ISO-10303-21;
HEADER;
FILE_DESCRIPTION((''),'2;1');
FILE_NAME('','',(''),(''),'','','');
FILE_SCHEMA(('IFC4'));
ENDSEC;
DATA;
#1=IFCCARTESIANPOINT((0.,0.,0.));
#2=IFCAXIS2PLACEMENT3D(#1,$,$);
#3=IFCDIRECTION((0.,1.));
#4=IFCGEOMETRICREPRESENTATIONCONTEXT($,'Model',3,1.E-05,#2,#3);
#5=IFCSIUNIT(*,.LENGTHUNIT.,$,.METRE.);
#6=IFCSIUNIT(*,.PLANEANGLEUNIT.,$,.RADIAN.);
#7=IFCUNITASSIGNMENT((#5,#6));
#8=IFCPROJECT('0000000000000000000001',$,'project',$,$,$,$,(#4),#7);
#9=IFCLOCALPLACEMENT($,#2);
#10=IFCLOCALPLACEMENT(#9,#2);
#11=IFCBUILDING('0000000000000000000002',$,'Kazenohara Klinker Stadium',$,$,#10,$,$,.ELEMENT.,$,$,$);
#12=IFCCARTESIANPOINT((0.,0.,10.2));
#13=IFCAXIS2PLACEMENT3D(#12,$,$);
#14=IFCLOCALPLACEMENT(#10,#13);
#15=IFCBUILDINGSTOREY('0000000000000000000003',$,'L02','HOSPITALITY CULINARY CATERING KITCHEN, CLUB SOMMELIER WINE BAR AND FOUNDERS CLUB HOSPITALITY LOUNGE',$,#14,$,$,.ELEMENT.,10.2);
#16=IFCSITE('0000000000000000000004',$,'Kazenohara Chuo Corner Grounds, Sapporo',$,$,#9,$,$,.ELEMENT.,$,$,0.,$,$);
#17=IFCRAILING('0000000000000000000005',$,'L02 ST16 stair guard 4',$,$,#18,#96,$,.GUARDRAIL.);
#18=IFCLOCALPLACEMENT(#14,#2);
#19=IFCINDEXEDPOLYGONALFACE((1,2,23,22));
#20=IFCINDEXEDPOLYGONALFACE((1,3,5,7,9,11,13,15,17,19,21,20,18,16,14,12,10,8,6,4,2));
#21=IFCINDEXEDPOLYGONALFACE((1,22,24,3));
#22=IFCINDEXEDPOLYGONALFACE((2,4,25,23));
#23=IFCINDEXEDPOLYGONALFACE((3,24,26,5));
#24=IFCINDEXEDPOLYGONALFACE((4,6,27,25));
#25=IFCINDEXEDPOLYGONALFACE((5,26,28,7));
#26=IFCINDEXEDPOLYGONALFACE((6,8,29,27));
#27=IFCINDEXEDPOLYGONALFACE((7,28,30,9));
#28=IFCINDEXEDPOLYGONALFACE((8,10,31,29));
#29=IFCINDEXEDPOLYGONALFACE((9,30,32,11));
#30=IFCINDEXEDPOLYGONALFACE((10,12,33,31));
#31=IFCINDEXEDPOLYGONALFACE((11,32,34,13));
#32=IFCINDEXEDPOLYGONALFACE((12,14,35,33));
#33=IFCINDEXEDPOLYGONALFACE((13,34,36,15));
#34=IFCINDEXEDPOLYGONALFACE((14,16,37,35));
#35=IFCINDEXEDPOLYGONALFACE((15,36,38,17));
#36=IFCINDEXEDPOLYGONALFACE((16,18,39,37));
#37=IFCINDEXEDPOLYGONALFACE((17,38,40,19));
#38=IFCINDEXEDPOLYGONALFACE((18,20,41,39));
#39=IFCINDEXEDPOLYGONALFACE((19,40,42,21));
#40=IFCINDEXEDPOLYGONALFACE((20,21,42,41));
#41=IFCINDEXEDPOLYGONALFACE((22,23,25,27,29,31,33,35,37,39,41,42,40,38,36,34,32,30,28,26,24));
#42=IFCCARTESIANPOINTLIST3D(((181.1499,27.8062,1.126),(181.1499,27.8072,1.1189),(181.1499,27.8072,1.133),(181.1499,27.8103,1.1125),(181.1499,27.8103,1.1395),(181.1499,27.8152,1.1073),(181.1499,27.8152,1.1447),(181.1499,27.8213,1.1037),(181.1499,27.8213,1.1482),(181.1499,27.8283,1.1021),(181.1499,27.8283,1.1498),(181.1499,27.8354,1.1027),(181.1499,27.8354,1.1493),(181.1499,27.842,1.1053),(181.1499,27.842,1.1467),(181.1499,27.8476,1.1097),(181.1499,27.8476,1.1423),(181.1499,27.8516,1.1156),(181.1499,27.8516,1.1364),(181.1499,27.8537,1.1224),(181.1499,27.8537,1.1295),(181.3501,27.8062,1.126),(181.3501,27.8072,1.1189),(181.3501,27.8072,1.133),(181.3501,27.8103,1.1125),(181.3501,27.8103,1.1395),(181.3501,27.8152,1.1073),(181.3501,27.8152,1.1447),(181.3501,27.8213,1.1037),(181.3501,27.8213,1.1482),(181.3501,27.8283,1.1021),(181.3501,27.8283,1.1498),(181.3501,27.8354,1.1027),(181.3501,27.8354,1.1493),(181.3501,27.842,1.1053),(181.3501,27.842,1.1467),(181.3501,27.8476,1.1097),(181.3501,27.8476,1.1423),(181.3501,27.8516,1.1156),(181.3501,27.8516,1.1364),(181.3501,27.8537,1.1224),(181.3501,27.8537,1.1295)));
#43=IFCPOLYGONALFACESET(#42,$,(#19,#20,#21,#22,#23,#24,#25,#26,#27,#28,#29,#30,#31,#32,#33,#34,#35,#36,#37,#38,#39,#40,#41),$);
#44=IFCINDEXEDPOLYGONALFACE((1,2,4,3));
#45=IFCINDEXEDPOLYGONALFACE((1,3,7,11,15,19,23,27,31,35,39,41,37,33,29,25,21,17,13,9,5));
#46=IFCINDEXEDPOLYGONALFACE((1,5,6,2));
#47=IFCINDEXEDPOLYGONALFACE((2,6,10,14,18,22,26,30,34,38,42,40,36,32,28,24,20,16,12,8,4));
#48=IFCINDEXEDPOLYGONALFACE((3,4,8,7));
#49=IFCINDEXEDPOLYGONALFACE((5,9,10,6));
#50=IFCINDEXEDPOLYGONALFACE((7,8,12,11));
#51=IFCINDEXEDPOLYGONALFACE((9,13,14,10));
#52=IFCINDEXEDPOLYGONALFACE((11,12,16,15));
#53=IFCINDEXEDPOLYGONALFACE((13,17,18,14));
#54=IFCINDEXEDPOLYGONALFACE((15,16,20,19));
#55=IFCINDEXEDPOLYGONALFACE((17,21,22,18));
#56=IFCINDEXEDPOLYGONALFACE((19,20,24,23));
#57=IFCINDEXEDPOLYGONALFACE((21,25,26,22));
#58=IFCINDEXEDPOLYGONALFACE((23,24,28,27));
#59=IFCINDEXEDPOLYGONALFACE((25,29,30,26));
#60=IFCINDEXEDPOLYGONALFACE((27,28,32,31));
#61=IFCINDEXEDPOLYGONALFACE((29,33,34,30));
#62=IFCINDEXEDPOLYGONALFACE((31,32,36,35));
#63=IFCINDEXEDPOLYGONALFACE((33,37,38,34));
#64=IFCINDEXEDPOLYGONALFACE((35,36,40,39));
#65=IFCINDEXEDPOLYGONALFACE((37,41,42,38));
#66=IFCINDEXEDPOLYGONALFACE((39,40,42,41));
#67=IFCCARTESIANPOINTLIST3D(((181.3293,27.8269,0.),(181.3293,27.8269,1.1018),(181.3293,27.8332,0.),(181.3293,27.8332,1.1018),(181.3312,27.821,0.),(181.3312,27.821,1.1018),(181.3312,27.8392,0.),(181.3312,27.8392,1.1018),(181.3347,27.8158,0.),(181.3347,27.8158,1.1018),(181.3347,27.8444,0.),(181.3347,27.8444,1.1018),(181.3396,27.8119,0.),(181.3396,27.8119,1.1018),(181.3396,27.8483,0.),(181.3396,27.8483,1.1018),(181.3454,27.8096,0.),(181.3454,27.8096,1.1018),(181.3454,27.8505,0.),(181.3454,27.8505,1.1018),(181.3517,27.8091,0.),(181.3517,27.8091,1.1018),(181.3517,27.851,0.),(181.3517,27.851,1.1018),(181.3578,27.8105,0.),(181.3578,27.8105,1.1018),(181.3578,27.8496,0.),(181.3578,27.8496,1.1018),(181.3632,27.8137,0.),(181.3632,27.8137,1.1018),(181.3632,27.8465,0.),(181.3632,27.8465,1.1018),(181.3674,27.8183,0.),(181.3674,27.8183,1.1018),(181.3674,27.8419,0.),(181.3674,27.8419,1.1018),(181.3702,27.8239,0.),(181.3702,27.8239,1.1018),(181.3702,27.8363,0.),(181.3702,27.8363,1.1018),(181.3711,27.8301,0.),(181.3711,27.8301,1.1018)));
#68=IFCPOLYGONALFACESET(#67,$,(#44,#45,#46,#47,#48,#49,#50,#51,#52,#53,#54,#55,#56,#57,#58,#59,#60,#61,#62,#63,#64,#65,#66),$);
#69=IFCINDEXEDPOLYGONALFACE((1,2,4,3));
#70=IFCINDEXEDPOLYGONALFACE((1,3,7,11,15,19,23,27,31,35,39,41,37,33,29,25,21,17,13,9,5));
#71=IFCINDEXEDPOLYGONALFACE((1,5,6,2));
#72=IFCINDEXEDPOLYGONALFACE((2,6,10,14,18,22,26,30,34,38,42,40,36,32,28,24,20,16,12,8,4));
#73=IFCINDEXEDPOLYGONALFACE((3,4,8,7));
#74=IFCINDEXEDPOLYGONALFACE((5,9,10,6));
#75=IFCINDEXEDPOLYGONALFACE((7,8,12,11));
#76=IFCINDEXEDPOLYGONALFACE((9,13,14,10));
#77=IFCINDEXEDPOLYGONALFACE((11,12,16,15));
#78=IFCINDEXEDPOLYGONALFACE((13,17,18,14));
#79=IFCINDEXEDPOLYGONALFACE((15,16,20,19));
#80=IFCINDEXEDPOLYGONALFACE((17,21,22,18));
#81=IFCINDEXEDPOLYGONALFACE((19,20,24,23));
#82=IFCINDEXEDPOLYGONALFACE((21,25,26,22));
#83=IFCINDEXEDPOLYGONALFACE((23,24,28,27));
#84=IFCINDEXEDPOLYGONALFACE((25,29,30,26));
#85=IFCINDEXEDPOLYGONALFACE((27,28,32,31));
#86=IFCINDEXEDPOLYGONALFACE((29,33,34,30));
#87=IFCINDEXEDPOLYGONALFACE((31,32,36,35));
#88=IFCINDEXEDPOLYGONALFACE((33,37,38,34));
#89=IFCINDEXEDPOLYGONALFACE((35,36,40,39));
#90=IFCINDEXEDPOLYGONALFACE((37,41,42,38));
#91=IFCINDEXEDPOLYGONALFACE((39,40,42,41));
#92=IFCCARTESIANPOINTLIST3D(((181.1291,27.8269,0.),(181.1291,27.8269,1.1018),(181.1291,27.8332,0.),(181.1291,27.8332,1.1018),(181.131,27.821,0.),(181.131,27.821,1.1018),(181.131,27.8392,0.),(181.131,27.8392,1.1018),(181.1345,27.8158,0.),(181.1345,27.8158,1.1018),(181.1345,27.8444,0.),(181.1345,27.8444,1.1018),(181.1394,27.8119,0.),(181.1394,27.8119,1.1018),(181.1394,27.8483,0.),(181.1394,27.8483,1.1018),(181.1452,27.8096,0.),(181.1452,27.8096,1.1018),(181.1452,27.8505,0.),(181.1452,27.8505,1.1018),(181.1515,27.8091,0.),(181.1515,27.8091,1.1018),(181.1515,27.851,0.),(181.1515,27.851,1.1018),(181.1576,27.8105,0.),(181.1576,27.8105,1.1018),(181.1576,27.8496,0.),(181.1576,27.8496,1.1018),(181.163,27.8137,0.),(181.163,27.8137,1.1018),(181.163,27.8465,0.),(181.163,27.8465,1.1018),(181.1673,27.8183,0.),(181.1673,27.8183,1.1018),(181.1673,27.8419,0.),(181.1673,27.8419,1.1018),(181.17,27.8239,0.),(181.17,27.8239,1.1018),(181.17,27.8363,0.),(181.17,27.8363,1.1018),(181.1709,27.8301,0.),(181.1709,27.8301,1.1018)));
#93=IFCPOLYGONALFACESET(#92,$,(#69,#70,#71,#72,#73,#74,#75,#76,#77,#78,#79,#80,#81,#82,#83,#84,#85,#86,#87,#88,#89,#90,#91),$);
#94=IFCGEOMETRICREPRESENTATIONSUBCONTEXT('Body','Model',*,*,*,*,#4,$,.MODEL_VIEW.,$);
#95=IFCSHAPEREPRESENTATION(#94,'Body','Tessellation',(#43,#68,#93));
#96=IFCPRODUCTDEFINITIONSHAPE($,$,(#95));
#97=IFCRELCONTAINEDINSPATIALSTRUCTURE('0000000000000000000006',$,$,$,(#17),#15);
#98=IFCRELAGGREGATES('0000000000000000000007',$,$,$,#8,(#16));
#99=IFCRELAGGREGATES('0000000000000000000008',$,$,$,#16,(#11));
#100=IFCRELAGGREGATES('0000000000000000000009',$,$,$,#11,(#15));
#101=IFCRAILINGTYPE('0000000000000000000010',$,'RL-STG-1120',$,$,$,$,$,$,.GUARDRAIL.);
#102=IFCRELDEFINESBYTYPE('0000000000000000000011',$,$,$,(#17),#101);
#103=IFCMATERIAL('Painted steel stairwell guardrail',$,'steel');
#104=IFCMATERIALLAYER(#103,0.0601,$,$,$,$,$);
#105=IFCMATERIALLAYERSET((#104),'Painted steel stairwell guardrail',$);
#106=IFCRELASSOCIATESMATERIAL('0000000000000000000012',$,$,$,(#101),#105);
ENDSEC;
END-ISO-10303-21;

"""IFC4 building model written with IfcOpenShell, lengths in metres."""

from ifc_helpers import new_model, si_unit, direction, frame, origin, origin_2d, place, context, subcontext, project, spatial, circle, extrude, material, layer, layer_set, type_object, element, save


model = new_model("IFC4")

# Units and contexts
model_context = context("Model", 3, precision=1e-05, world=origin(), true_north=direction((0.0, 1.0)))
body_context = subcontext(model_context, "Body", "Model", "MODEL_VIEW")
ifc_project = project(units=[si_unit("LENGTHUNIT", "METRE"), si_unit("PLANEANGLEUNIT", "RADIAN")], contexts=[model_context])

# Site, building, storey
site_placement = place(None, origin())
site = spatial("IfcSite", under=ifc_project, at=site_placement, Name="Kazenohara Chuo Corner Grounds, Sapporo", CompositionType="ELEMENT", RefElevation=0.0)
building_placement = place(site_placement, origin())
building = spatial("IfcBuilding", under=site, at=building_placement, Name="Kazenohara Klinker Stadium", CompositionType="ELEMENT")
storey_placement = place(building_placement, frame((0.0, 0.0, 10.2)))
storey = spatial("IfcBuildingStorey", under=building, at=storey_placement, Name="L02", Description="HOSPITALITY CULINARY CATERING KITCHEN, CLUB SOMMELIER WINE BAR AND FOUNDERS CLUB HOSPITALITY LOUNGE", CompositionType="ELEMENT", Elevation=10.2)

# Railing
ifc_material_1 = material(Name="Painted steel stairwell guardrail", Category="steel")
ifc_layer_1 = layer(ifc_material_1, 0.0601)
ifc_layer_set_1 = layer_set([ifc_layer_1], Name="Painted steel stairwell guardrail")
railing_type_1 = type_object("IfcRailingType", Name="RL-STG-1120", PredefinedType="GUARDRAIL", material=ifc_layer_set_1)
railing_1_placement = place(storey_placement, frame((181.3501, 27.8301, 0.0)))
element("IfcRailing", 1, at=railing_1_placement, inside=storey, type_object=railing_type_1, Name="L02 ST16 stair guard 4", PredefinedType="GUARDRAIL", context=body_context, shape_type="SweptSolid", body=[
    extrude(circle(Radius=0.0239, at=origin_2d()), frame((0.0, 0.0, 1.126), z_axis=(-1.0, 0.0, 0.0), x_axis=(0.0, -1.0, 0.0)), (0.0, 0.0, 1.0), 0.2002),
    extrude(circle(Radius=0.021, at=origin_2d()), origin(), (0.0, 0.0, 1.0), 1.1018),
    extrude(circle(Radius=0.021, at=origin_2d()), frame((-0.2002, 0.0, 0.0)), (0.0, 0.0, 1.0), 1.1018),
])

save(model, "model.ifc")
